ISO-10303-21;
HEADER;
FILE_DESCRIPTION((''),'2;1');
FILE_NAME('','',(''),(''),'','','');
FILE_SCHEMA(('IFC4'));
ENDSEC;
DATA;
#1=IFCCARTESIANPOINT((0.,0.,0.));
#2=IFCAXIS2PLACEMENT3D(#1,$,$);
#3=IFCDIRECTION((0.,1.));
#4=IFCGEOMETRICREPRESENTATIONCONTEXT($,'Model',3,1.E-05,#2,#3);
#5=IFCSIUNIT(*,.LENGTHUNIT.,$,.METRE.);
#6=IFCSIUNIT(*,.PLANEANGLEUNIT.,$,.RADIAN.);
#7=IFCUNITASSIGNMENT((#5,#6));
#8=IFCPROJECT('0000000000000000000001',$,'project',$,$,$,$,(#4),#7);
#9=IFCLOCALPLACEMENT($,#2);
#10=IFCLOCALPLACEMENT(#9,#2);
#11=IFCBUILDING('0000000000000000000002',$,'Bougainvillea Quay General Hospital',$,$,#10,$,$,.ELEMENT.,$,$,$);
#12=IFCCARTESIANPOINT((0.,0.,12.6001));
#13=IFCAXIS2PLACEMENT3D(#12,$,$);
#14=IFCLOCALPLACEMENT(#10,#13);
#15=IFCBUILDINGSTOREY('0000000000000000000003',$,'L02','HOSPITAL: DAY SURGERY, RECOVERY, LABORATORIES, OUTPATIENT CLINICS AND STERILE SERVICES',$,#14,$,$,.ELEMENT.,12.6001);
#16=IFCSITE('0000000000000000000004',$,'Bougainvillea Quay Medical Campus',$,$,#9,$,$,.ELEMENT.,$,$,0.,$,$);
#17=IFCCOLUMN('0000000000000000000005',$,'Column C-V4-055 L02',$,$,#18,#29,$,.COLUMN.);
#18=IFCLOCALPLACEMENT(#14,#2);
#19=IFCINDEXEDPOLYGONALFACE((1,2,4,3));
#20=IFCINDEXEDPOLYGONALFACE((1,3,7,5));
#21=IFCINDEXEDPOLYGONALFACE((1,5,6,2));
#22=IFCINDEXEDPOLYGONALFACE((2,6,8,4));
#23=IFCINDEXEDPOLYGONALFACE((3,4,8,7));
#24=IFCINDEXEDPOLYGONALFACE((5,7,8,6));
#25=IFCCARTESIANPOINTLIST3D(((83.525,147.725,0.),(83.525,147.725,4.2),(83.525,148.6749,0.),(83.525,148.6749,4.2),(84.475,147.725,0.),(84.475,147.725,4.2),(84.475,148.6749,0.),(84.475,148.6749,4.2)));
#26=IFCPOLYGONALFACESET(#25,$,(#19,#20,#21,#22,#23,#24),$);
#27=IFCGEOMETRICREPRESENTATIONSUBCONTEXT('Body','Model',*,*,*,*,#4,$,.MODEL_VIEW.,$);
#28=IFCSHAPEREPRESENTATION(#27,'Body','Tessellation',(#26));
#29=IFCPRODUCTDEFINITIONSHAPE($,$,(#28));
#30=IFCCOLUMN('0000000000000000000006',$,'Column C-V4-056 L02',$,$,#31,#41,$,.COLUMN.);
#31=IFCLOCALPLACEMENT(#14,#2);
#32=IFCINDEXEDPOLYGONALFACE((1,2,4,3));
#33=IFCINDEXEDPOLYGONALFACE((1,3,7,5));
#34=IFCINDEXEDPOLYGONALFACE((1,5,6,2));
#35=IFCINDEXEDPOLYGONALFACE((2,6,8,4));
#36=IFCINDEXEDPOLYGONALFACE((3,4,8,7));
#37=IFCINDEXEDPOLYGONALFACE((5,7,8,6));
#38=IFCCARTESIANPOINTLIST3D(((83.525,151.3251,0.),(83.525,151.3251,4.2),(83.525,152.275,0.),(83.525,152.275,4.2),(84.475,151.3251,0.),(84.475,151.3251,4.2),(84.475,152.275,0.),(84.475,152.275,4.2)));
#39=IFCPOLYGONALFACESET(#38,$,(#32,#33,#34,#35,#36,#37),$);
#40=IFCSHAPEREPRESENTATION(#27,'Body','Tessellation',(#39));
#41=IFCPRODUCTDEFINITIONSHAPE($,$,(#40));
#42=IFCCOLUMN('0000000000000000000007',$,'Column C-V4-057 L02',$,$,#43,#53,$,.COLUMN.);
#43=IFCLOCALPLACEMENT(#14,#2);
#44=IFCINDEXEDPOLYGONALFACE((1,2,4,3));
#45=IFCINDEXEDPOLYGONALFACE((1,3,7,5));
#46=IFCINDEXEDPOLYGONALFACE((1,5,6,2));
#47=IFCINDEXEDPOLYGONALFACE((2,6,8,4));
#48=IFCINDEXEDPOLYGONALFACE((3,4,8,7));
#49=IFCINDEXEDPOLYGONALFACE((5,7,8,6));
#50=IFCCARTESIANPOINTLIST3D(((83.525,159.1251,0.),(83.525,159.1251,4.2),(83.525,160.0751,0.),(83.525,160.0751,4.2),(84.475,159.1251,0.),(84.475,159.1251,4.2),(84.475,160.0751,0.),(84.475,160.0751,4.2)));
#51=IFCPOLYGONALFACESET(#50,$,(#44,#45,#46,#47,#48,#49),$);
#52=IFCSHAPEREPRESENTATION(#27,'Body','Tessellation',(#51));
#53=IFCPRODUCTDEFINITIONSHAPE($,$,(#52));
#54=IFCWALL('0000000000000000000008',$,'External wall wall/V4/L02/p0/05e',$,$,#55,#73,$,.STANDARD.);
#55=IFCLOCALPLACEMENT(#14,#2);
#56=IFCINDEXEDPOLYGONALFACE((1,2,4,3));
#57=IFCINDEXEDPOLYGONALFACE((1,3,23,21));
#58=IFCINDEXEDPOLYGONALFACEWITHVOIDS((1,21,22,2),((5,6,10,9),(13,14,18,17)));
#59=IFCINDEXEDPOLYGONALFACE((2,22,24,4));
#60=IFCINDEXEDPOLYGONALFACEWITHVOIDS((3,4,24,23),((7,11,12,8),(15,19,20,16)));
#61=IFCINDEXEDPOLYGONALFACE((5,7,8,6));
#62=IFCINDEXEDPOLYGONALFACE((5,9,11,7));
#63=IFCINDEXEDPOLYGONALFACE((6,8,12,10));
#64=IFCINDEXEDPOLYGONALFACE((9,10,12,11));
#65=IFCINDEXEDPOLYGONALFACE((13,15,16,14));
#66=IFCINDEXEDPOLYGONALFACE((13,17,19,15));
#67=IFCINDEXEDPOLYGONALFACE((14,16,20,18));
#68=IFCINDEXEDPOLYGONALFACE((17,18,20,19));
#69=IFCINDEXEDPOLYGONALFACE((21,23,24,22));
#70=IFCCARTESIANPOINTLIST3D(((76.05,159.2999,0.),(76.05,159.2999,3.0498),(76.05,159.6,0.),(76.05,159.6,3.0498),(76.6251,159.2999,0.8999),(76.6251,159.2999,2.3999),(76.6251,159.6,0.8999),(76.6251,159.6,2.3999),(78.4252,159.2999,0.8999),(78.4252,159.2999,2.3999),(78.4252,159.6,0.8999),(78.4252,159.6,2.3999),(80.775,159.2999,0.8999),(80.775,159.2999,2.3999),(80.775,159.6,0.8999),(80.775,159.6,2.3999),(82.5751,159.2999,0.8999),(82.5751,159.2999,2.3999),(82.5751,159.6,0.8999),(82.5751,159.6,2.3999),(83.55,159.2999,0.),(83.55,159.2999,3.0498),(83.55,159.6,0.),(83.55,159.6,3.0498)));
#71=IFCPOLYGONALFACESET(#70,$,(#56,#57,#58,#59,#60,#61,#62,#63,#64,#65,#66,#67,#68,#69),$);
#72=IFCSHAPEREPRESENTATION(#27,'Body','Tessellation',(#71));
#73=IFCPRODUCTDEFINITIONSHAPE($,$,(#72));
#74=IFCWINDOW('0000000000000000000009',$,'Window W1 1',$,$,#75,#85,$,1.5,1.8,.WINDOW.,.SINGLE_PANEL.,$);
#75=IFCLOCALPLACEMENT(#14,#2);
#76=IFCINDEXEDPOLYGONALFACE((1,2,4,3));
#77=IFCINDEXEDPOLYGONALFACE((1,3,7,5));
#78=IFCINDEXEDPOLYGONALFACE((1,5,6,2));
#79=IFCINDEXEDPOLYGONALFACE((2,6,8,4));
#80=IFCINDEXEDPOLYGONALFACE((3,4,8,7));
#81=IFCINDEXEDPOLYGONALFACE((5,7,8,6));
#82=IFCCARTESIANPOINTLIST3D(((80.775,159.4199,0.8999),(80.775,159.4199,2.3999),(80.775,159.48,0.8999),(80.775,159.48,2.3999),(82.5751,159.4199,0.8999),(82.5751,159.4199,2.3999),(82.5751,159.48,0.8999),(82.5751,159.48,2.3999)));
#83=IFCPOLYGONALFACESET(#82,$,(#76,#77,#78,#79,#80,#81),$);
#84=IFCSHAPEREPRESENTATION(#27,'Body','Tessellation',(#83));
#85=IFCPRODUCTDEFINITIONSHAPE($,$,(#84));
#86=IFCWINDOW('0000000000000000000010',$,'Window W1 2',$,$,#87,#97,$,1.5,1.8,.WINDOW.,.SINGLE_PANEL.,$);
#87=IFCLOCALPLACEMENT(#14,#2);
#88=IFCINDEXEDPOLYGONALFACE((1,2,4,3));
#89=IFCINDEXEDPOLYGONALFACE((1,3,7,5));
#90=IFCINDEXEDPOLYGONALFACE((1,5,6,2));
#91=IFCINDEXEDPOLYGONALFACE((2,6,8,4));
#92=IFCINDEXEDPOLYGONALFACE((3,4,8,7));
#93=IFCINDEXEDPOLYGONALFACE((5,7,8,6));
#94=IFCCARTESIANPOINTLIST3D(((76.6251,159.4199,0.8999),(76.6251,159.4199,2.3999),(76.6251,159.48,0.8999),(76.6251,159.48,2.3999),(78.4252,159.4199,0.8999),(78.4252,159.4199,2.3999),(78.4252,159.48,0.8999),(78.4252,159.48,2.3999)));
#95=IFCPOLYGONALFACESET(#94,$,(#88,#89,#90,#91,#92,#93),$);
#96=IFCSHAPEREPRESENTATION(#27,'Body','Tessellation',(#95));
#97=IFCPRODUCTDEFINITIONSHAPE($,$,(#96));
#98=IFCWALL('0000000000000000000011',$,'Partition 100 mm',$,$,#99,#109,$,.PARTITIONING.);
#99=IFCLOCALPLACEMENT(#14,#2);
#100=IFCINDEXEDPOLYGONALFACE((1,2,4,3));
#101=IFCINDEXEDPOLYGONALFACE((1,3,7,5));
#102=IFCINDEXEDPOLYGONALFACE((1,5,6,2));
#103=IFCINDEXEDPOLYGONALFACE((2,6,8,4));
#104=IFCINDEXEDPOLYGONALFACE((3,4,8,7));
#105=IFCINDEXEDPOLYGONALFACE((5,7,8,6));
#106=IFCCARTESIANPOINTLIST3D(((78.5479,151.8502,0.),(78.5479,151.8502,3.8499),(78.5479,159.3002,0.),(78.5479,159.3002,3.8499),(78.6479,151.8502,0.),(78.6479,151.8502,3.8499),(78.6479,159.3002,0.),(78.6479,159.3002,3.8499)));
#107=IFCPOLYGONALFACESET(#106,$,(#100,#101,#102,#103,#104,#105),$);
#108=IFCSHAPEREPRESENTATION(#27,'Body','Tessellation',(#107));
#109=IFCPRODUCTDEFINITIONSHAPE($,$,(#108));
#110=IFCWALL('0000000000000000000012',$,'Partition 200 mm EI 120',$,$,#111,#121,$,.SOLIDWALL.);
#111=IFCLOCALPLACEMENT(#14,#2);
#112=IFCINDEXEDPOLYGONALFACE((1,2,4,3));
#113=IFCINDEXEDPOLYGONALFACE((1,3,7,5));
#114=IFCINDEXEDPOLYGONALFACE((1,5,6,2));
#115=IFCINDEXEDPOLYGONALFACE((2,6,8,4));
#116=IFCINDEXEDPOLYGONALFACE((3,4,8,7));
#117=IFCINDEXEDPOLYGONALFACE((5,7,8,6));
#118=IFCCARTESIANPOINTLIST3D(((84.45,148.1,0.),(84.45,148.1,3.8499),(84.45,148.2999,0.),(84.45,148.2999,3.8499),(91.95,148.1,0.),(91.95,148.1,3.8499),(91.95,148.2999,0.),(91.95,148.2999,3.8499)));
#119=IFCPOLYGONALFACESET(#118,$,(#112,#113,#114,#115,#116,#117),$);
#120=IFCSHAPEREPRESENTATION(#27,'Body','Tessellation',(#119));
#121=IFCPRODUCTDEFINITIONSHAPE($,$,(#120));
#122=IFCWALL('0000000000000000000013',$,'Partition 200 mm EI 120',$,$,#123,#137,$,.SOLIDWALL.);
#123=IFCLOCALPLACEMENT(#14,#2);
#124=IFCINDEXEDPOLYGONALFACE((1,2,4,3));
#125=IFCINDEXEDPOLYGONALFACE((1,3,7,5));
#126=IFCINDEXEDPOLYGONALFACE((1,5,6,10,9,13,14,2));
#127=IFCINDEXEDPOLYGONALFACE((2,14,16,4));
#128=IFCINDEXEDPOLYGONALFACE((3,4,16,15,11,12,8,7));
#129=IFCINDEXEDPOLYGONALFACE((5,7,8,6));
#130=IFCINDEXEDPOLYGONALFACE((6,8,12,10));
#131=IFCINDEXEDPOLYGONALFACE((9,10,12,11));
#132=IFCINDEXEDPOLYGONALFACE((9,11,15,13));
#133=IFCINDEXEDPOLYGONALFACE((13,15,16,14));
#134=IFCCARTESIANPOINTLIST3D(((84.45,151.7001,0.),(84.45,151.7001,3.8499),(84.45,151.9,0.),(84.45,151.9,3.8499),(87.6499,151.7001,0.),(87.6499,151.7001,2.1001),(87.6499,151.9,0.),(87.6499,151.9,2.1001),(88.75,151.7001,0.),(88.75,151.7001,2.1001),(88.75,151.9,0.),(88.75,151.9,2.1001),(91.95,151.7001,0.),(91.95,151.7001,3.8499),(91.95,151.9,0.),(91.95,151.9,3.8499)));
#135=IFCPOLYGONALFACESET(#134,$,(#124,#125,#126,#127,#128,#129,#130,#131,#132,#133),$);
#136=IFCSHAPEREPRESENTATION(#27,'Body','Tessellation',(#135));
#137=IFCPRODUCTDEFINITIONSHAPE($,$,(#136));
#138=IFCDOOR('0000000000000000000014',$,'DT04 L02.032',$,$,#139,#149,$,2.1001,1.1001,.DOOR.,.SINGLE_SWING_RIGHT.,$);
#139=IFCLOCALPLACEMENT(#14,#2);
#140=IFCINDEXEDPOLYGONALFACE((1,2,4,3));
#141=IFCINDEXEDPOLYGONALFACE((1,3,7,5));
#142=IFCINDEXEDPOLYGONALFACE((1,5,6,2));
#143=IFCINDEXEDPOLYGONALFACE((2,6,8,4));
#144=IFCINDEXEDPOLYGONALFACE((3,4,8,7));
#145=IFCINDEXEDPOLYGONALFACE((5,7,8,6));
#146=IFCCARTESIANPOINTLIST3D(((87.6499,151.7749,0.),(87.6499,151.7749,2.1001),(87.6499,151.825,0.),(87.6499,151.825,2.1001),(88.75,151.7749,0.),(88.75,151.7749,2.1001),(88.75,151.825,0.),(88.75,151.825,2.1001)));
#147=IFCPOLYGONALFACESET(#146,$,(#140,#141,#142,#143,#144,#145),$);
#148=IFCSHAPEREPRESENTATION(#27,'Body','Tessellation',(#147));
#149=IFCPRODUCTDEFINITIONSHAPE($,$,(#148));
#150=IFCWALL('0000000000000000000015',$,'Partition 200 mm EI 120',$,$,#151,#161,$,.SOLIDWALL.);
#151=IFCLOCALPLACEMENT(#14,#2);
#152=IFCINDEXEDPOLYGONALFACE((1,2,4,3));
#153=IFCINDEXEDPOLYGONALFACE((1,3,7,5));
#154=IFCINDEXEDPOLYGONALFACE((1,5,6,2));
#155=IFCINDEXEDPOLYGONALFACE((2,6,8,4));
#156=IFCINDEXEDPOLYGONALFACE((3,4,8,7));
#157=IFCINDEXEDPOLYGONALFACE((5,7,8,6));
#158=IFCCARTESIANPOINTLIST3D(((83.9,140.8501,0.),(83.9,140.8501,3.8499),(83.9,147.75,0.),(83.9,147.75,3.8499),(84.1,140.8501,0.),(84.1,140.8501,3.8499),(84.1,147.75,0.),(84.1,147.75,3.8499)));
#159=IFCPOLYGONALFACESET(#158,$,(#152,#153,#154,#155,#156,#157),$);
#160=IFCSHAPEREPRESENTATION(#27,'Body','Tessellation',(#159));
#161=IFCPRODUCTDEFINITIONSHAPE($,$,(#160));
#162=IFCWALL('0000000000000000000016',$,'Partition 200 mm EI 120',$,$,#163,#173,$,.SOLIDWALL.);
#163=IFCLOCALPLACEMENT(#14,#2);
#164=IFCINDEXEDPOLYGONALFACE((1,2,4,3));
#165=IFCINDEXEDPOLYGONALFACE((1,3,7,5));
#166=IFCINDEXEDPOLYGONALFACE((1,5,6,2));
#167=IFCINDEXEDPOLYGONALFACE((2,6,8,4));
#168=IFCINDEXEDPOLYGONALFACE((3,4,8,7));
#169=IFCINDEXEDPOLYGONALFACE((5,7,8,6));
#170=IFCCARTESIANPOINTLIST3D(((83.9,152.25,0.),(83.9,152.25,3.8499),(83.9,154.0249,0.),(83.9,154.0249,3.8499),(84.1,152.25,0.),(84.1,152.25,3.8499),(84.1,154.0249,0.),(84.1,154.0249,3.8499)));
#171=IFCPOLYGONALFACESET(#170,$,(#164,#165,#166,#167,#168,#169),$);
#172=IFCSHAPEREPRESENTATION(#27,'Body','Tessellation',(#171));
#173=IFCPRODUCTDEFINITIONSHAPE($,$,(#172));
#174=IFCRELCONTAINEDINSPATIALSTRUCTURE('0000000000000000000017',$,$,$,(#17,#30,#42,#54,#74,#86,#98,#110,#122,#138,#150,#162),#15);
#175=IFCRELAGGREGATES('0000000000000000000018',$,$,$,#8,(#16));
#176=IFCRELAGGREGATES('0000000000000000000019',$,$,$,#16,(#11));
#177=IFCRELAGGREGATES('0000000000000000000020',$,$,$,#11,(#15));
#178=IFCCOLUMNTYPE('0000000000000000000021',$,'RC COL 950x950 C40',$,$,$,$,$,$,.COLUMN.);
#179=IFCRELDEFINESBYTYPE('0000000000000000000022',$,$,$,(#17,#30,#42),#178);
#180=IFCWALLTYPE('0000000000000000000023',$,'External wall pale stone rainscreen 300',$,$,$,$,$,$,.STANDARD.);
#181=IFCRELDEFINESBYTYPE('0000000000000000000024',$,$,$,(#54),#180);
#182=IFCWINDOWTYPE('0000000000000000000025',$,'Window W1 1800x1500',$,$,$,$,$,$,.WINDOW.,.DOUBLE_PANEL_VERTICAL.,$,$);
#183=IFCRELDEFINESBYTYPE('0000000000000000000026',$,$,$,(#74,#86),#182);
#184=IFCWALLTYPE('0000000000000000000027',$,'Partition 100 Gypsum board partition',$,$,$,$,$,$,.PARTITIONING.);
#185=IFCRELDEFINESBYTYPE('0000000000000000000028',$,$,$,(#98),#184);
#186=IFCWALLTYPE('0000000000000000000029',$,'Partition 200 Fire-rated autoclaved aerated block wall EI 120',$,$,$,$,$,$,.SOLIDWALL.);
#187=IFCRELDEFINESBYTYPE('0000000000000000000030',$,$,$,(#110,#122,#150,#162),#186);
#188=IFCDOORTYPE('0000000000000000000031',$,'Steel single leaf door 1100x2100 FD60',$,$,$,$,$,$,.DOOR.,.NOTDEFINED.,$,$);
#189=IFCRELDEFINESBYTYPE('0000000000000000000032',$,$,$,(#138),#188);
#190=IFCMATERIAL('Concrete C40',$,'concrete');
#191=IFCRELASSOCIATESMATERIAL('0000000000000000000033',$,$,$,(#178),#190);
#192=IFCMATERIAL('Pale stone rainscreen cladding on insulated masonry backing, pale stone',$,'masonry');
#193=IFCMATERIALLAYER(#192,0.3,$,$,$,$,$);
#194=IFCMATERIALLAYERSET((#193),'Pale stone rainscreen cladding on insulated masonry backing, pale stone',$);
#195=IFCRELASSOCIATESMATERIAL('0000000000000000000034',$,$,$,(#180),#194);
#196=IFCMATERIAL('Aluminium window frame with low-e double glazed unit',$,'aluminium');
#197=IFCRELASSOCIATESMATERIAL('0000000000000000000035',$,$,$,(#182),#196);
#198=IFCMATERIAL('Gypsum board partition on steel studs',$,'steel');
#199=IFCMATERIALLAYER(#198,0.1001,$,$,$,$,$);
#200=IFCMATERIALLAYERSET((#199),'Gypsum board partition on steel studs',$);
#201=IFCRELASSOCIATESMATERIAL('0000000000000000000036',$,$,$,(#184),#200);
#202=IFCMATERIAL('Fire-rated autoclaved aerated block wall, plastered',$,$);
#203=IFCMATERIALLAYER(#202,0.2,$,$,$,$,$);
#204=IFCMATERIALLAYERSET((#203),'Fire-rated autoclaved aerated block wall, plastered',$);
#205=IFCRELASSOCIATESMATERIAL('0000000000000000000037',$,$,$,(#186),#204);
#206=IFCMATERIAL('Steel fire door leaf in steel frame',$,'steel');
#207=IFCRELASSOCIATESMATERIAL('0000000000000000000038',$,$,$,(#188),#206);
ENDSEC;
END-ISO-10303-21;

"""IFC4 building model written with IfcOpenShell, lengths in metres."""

from ifc_helpers import new_model, si_unit, direction, frame, frame_2d, origin, origin_2d, place, context, subcontext, project, spatial, rectangle, extrude, material, layer, layer_set, material_profile, profile_set, type_object, element, fill, save


model = new_model("IFC4")

# Units and contexts
model_context = context("Model", 3, precision=1e-05, world=origin(), true_north=direction((0.0, 1.0)))
body_context = subcontext(model_context, "Body", "Model", "MODEL_VIEW")
ifc_project = project(units=[si_unit("LENGTHUNIT", "METRE"), si_unit("PLANEANGLEUNIT", "RADIAN")], contexts=[model_context])

# Site, building, storey
site_placement = place(None, origin())
site = spatial("IfcSite", under=ifc_project, at=site_placement, Name="Bougainvillea Quay Medical Campus", CompositionType="ELEMENT", RefElevation=0.0)
building_placement = place(site_placement, origin())
building = spatial("IfcBuilding", under=site, at=building_placement, Name="Bougainvillea Quay General Hospital", CompositionType="ELEMENT")
storey_placement = place(building_placement, frame((0.0, 0.0, 12.6001)))
storey = spatial("IfcBuildingStorey", under=building, at=storey_placement, Name="L02", Description="HOSPITAL: DAY SURGERY, RECOVERY, LABORATORIES, OUTPATIENT CLINICS AND STERILE SERVICES", CompositionType="ELEMENT", Elevation=12.6001)

# Columns
ifc_material_1 = material(Name="Concrete C40", Category="concrete")
ifc_material_profile = material_profile(ifc_material_1, rectangle(XDim=0.95, YDim=0.95, at=origin_2d()))
ifc_profile_set = profile_set([ifc_material_profile], Name="Concrete C40")
column_type = type_object("IfcColumnType", Name="RC COL 950x950 C40", PredefinedType="COLUMN", material=ifc_profile_set)
for number, where, z_axis, x_axis, name in (
    (1, (84.0, 148.2, 0.0), (0.0, 0.0, 1.0), (1.0, 0.0, 0.0), "Column C-V4-055 L02"),
    (2, (84.0, 151.8, 0.0), (0.0, 0.0, 1.0), (1.0, 0.0, 0.0), "Column C-V4-056 L02"),
    (3, (84.0, 159.6001, 0.0), (0.0, 0.0, 1.0), (1.0, 0.0, 0.0), "Column C-V4-057 L02"),
):
    element("IfcColumn", number, at=place(storey_placement, frame(where, z_axis=z_axis, x_axis=x_axis)), inside=storey, type_object=column_type, Name=name, PredefinedType="COLUMN", context=body_context, shape_type="SweptSolid", body=[
        extrude(rectangle(XDim=0.95, YDim=0.95, at=origin_2d()), origin(), (0.0, 0.0, 1.0), 4.2),
    ])

# Wall, openings, windows
ifc_material_2 = material(Name="Pale stone rainscreen cladding on insulated masonry backing, pale stone", Category="masonry")
ifc_layer_1 = layer(ifc_material_2, 0.3)
ifc_layer_set_1 = layer_set([ifc_layer_1], Name="Pale stone rainscreen cladding on insulated masonry backing, pale stone")
wall_type_1 = type_object("IfcWallType", Name="External wall pale stone rainscreen 300", PredefinedType="STANDARD", material=ifc_layer_set_1)
wall_1_placement = place(storey_placement, frame((83.55, 159.45, 0.0), z_axis=(0.0, 0.0, 1.0), x_axis=(-1.0, 0.0, 0.0)))
wall_1 = element("IfcWall", 4, at=wall_1_placement, inside=storey, type_object=wall_type_1, Name="External wall wall/V4/L02/p0/05e", PredefinedType="STANDARD", context=body_context, shape_type="SweptSolid", body=[
    extrude(rectangle(XDim=7.5, YDim=0.3, at=frame_2d((3.75, 0.0))), origin(), (0.0, 0.0, 1.0), 3.0498),
])
opening_1_placement = place(wall_1_placement, frame((0.9751, 0.0, 0.8999)))
opening_1 = element("IfcOpeningElement", 5, at=opening_1_placement, cuts=wall_1, PredefinedType="OPENING", context=body_context, shape_type="SweptSolid", body=[
    extrude(rectangle(XDim=1.8, YDim=1.5, at=frame_2d((0.8999, 0.75))), frame((0.0, 0.1599, 0.0), z_axis=(0.0, -1.0, 0.0), x_axis=(1.0, 0.0, 0.0)), (0.0, 0.0, 1.0), 0.3201),
])
opening_2_placement = place(wall_1_placement, frame((5.125, 0.0, 0.8999)))
opening_2 = element("IfcOpeningElement", 6, at=opening_2_placement, cuts=wall_1, PredefinedType="OPENING", context=body_context, shape_type="SweptSolid", body=[
    extrude(rectangle(XDim=1.8, YDim=1.5, at=frame_2d((0.8999, 0.75))), frame((0.0, 0.1599, 0.0), z_axis=(0.0, -1.0, 0.0), x_axis=(1.0, 0.0, 0.0)), (0.0, 0.0, 1.0), 0.3201),
])
ifc_material_3 = material(Name="Aluminium window frame with low-e double glazed unit", Category="aluminium")
window_type = type_object("IfcWindowType", Name="Window W1 1800x1500", PartitioningType="DOUBLE_PANEL_VERTICAL", PredefinedType="WINDOW", material=ifc_material_3)
window_1_placement = place(opening_1_placement, origin())
window_1 = element("IfcWindow", 7, at=window_1_placement, inside=storey, type_object=window_type, Name="Window W1 1", OverallHeight=1.5, OverallWidth=1.8, PartitioningType="SINGLE_PANEL", PredefinedType="WINDOW", context=body_context, shape_type="SweptSolid", body=[
    extrude(rectangle(XDim=1.8, YDim=1.5, at=frame_2d((0.8999, 0.75))), frame((0.0, 0.03, 0.0), z_axis=(0.0, -1.0, 0.0), x_axis=(1.0, 0.0, 0.0)), (0.0, 0.0, 1.0), 0.0601),
])
fill(opening_1, window_1)
window_2_placement = place(opening_2_placement, origin())
window_2 = element("IfcWindow", 8, at=window_2_placement, inside=storey, type_object=window_type, Name="Window W1 2", OverallHeight=1.5, OverallWidth=1.8, PartitioningType="SINGLE_PANEL", PredefinedType="WINDOW", context=body_context, shape_type="SweptSolid", body=[
    extrude(rectangle(XDim=1.8, YDim=1.5, at=frame_2d((0.8999, 0.75))), frame((0.0, 0.03, 0.0), z_axis=(0.0, -1.0, 0.0), x_axis=(1.0, 0.0, 0.0)), (0.0, 0.0, 1.0), 0.0601),
])
fill(opening_2, window_2)

# Walls
ifc_material_4 = material(Name="Gypsum board partition on steel studs", Category="steel")
ifc_layer_2 = layer(ifc_material_4, 0.1001)
ifc_layer_set_2 = layer_set([ifc_layer_2], Name="Gypsum board partition on steel studs")
wall_type_2 = type_object("IfcWallType", Name="Partition 100 Gypsum board partition", PredefinedType="PARTITIONING", material=ifc_layer_set_2)
wall_2_placement = place(storey_placement, frame((78.5979, 151.8501, 0.0), z_axis=(0.0, 0.0, 1.0), x_axis=(0.0, 1.0, 0.0)))
element("IfcWall", 9, at=wall_2_placement, inside=storey, type_object=wall_type_2, Name="Partition 100 mm", PredefinedType="PARTITIONING", context=body_context, shape_type="SweptSolid", body=[
    extrude(rectangle(XDim=7.45, YDim=0.1001, at=frame_2d((3.7251, 0.0))), origin(), (0.0, 0.0, 1.0), 3.8499),
])
ifc_material_5 = material(Name="Fire-rated autoclaved aerated block wall, plastered")
ifc_layer_3 = layer(ifc_material_5, 0.2)
ifc_layer_set_3 = layer_set([ifc_layer_3], Name="Fire-rated autoclaved aerated block wall, plastered")
wall_type_3 = type_object("IfcWallType", Name="Partition 200 Fire-rated autoclaved aerated block wall EI 120", PredefinedType="SOLIDWALL", material=ifc_layer_set_3)
wall_3_placement = place(storey_placement, frame((84.45, 148.2, 0.0), z_axis=(0.0, 0.0, 1.0), x_axis=(1.0, 0.0, 0.0)))
element("IfcWall", 10, at=wall_3_placement, inside=storey, type_object=wall_type_3, Name="Partition 200 mm EI 120", PredefinedType="SOLIDWALL", context=body_context, shape_type="SweptSolid", body=[
    extrude(rectangle(XDim=7.5, YDim=0.2, at=frame_2d((3.75, 0.0))), origin(), (0.0, 0.0, 1.0), 3.8499),
])

# Wall, opening, door
wall_4_placement = place(storey_placement, frame((84.45, 151.8, 0.0), z_axis=(0.0, 0.0, 1.0), x_axis=(1.0, 0.0, 0.0)))
wall_4 = element("IfcWall", 11, at=wall_4_placement, inside=storey, type_object=wall_type_3, Name="Partition 200 mm EI 120", PredefinedType="SOLIDWALL", context=body_context, shape_type="SweptSolid", body=[
    extrude(rectangle(XDim=7.5, YDim=0.2, at=frame_2d((3.75, 0.0))), origin(), (0.0, 0.0, 1.0), 3.8499),
])
opening_3_placement = place(wall_4_placement, frame((3.2, 0.0, 0.0)))
opening_3 = element("IfcOpeningElement", 12, at=opening_3_placement, cuts=wall_4, PredefinedType="OPENING", context=body_context, shape_type="SweptSolid", body=[
    extrude(rectangle(XDim=1.1001, YDim=2.1001, at=frame_2d((0.55, 1.05))), frame((0.0, 0.1099, 0.0), z_axis=(0.0, -1.0, 0.0), x_axis=(1.0, 0.0, 0.0)), (0.0, 0.0, 1.0), 0.22),
])
ifc_material_6 = material(Name="Steel fire door leaf in steel frame", Category="steel")
door_type = type_object("IfcDoorType", Name="Steel single leaf door 1100x2100 FD60", OperationType="NOTDEFINED", PredefinedType="DOOR", material=ifc_material_6)
door_1_placement = place(opening_3_placement, origin())
door_1 = element("IfcDoor", 13, at=door_1_placement, inside=storey, type_object=door_type, Name="DT04 L02.032", OperationType="SINGLE_SWING_RIGHT", OverallHeight=2.1001, OverallWidth=1.1001, PredefinedType="DOOR", context=body_context, shape_type="SweptSolid", body=[
    extrude(rectangle(XDim=1.1001, YDim=2.1001, at=frame_2d((0.55, 1.05))), frame((0.0, 0.0249, 0.0), z_axis=(0.0, -1.0, 0.0), x_axis=(1.0, 0.0, 0.0)), (0.0, 0.0, 1.0), 0.05),
])
fill(opening_3, door_1)

# Walls
wall_5_placement = place(storey_placement, frame((84.0, 140.8501, 0.0), z_axis=(0.0, 0.0, 1.0), x_axis=(0.0, 1.0, 0.0)))
element("IfcWall", 14, at=wall_5_placement, inside=storey, type_object=wall_type_3, Name="Partition 200 mm EI 120", PredefinedType="SOLIDWALL", context=body_context, shape_type="SweptSolid", body=[
    extrude(rectangle(XDim=6.8999, YDim=0.2, at=frame_2d((3.45, 0.0))), origin(), (0.0, 0.0, 1.0), 3.8499),
])
wall_6_placement = place(storey_placement, frame((84.0, 152.25, 0.0), z_axis=(0.0, 0.0, 1.0), x_axis=(0.0, 1.0, 0.0)))
element("IfcWall", 15, at=wall_6_placement, inside=storey, type_object=wall_type_3, Name="Partition 200 mm EI 120", PredefinedType="SOLIDWALL", context=body_context, shape_type="SweptSolid", body=[
    extrude(rectangle(XDim=1.7749, YDim=0.2, at=frame_2d((0.8875, 0.0))), origin(), (0.0, 0.0, 1.0), 3.8499),
])

save(model, "model.ifc")
